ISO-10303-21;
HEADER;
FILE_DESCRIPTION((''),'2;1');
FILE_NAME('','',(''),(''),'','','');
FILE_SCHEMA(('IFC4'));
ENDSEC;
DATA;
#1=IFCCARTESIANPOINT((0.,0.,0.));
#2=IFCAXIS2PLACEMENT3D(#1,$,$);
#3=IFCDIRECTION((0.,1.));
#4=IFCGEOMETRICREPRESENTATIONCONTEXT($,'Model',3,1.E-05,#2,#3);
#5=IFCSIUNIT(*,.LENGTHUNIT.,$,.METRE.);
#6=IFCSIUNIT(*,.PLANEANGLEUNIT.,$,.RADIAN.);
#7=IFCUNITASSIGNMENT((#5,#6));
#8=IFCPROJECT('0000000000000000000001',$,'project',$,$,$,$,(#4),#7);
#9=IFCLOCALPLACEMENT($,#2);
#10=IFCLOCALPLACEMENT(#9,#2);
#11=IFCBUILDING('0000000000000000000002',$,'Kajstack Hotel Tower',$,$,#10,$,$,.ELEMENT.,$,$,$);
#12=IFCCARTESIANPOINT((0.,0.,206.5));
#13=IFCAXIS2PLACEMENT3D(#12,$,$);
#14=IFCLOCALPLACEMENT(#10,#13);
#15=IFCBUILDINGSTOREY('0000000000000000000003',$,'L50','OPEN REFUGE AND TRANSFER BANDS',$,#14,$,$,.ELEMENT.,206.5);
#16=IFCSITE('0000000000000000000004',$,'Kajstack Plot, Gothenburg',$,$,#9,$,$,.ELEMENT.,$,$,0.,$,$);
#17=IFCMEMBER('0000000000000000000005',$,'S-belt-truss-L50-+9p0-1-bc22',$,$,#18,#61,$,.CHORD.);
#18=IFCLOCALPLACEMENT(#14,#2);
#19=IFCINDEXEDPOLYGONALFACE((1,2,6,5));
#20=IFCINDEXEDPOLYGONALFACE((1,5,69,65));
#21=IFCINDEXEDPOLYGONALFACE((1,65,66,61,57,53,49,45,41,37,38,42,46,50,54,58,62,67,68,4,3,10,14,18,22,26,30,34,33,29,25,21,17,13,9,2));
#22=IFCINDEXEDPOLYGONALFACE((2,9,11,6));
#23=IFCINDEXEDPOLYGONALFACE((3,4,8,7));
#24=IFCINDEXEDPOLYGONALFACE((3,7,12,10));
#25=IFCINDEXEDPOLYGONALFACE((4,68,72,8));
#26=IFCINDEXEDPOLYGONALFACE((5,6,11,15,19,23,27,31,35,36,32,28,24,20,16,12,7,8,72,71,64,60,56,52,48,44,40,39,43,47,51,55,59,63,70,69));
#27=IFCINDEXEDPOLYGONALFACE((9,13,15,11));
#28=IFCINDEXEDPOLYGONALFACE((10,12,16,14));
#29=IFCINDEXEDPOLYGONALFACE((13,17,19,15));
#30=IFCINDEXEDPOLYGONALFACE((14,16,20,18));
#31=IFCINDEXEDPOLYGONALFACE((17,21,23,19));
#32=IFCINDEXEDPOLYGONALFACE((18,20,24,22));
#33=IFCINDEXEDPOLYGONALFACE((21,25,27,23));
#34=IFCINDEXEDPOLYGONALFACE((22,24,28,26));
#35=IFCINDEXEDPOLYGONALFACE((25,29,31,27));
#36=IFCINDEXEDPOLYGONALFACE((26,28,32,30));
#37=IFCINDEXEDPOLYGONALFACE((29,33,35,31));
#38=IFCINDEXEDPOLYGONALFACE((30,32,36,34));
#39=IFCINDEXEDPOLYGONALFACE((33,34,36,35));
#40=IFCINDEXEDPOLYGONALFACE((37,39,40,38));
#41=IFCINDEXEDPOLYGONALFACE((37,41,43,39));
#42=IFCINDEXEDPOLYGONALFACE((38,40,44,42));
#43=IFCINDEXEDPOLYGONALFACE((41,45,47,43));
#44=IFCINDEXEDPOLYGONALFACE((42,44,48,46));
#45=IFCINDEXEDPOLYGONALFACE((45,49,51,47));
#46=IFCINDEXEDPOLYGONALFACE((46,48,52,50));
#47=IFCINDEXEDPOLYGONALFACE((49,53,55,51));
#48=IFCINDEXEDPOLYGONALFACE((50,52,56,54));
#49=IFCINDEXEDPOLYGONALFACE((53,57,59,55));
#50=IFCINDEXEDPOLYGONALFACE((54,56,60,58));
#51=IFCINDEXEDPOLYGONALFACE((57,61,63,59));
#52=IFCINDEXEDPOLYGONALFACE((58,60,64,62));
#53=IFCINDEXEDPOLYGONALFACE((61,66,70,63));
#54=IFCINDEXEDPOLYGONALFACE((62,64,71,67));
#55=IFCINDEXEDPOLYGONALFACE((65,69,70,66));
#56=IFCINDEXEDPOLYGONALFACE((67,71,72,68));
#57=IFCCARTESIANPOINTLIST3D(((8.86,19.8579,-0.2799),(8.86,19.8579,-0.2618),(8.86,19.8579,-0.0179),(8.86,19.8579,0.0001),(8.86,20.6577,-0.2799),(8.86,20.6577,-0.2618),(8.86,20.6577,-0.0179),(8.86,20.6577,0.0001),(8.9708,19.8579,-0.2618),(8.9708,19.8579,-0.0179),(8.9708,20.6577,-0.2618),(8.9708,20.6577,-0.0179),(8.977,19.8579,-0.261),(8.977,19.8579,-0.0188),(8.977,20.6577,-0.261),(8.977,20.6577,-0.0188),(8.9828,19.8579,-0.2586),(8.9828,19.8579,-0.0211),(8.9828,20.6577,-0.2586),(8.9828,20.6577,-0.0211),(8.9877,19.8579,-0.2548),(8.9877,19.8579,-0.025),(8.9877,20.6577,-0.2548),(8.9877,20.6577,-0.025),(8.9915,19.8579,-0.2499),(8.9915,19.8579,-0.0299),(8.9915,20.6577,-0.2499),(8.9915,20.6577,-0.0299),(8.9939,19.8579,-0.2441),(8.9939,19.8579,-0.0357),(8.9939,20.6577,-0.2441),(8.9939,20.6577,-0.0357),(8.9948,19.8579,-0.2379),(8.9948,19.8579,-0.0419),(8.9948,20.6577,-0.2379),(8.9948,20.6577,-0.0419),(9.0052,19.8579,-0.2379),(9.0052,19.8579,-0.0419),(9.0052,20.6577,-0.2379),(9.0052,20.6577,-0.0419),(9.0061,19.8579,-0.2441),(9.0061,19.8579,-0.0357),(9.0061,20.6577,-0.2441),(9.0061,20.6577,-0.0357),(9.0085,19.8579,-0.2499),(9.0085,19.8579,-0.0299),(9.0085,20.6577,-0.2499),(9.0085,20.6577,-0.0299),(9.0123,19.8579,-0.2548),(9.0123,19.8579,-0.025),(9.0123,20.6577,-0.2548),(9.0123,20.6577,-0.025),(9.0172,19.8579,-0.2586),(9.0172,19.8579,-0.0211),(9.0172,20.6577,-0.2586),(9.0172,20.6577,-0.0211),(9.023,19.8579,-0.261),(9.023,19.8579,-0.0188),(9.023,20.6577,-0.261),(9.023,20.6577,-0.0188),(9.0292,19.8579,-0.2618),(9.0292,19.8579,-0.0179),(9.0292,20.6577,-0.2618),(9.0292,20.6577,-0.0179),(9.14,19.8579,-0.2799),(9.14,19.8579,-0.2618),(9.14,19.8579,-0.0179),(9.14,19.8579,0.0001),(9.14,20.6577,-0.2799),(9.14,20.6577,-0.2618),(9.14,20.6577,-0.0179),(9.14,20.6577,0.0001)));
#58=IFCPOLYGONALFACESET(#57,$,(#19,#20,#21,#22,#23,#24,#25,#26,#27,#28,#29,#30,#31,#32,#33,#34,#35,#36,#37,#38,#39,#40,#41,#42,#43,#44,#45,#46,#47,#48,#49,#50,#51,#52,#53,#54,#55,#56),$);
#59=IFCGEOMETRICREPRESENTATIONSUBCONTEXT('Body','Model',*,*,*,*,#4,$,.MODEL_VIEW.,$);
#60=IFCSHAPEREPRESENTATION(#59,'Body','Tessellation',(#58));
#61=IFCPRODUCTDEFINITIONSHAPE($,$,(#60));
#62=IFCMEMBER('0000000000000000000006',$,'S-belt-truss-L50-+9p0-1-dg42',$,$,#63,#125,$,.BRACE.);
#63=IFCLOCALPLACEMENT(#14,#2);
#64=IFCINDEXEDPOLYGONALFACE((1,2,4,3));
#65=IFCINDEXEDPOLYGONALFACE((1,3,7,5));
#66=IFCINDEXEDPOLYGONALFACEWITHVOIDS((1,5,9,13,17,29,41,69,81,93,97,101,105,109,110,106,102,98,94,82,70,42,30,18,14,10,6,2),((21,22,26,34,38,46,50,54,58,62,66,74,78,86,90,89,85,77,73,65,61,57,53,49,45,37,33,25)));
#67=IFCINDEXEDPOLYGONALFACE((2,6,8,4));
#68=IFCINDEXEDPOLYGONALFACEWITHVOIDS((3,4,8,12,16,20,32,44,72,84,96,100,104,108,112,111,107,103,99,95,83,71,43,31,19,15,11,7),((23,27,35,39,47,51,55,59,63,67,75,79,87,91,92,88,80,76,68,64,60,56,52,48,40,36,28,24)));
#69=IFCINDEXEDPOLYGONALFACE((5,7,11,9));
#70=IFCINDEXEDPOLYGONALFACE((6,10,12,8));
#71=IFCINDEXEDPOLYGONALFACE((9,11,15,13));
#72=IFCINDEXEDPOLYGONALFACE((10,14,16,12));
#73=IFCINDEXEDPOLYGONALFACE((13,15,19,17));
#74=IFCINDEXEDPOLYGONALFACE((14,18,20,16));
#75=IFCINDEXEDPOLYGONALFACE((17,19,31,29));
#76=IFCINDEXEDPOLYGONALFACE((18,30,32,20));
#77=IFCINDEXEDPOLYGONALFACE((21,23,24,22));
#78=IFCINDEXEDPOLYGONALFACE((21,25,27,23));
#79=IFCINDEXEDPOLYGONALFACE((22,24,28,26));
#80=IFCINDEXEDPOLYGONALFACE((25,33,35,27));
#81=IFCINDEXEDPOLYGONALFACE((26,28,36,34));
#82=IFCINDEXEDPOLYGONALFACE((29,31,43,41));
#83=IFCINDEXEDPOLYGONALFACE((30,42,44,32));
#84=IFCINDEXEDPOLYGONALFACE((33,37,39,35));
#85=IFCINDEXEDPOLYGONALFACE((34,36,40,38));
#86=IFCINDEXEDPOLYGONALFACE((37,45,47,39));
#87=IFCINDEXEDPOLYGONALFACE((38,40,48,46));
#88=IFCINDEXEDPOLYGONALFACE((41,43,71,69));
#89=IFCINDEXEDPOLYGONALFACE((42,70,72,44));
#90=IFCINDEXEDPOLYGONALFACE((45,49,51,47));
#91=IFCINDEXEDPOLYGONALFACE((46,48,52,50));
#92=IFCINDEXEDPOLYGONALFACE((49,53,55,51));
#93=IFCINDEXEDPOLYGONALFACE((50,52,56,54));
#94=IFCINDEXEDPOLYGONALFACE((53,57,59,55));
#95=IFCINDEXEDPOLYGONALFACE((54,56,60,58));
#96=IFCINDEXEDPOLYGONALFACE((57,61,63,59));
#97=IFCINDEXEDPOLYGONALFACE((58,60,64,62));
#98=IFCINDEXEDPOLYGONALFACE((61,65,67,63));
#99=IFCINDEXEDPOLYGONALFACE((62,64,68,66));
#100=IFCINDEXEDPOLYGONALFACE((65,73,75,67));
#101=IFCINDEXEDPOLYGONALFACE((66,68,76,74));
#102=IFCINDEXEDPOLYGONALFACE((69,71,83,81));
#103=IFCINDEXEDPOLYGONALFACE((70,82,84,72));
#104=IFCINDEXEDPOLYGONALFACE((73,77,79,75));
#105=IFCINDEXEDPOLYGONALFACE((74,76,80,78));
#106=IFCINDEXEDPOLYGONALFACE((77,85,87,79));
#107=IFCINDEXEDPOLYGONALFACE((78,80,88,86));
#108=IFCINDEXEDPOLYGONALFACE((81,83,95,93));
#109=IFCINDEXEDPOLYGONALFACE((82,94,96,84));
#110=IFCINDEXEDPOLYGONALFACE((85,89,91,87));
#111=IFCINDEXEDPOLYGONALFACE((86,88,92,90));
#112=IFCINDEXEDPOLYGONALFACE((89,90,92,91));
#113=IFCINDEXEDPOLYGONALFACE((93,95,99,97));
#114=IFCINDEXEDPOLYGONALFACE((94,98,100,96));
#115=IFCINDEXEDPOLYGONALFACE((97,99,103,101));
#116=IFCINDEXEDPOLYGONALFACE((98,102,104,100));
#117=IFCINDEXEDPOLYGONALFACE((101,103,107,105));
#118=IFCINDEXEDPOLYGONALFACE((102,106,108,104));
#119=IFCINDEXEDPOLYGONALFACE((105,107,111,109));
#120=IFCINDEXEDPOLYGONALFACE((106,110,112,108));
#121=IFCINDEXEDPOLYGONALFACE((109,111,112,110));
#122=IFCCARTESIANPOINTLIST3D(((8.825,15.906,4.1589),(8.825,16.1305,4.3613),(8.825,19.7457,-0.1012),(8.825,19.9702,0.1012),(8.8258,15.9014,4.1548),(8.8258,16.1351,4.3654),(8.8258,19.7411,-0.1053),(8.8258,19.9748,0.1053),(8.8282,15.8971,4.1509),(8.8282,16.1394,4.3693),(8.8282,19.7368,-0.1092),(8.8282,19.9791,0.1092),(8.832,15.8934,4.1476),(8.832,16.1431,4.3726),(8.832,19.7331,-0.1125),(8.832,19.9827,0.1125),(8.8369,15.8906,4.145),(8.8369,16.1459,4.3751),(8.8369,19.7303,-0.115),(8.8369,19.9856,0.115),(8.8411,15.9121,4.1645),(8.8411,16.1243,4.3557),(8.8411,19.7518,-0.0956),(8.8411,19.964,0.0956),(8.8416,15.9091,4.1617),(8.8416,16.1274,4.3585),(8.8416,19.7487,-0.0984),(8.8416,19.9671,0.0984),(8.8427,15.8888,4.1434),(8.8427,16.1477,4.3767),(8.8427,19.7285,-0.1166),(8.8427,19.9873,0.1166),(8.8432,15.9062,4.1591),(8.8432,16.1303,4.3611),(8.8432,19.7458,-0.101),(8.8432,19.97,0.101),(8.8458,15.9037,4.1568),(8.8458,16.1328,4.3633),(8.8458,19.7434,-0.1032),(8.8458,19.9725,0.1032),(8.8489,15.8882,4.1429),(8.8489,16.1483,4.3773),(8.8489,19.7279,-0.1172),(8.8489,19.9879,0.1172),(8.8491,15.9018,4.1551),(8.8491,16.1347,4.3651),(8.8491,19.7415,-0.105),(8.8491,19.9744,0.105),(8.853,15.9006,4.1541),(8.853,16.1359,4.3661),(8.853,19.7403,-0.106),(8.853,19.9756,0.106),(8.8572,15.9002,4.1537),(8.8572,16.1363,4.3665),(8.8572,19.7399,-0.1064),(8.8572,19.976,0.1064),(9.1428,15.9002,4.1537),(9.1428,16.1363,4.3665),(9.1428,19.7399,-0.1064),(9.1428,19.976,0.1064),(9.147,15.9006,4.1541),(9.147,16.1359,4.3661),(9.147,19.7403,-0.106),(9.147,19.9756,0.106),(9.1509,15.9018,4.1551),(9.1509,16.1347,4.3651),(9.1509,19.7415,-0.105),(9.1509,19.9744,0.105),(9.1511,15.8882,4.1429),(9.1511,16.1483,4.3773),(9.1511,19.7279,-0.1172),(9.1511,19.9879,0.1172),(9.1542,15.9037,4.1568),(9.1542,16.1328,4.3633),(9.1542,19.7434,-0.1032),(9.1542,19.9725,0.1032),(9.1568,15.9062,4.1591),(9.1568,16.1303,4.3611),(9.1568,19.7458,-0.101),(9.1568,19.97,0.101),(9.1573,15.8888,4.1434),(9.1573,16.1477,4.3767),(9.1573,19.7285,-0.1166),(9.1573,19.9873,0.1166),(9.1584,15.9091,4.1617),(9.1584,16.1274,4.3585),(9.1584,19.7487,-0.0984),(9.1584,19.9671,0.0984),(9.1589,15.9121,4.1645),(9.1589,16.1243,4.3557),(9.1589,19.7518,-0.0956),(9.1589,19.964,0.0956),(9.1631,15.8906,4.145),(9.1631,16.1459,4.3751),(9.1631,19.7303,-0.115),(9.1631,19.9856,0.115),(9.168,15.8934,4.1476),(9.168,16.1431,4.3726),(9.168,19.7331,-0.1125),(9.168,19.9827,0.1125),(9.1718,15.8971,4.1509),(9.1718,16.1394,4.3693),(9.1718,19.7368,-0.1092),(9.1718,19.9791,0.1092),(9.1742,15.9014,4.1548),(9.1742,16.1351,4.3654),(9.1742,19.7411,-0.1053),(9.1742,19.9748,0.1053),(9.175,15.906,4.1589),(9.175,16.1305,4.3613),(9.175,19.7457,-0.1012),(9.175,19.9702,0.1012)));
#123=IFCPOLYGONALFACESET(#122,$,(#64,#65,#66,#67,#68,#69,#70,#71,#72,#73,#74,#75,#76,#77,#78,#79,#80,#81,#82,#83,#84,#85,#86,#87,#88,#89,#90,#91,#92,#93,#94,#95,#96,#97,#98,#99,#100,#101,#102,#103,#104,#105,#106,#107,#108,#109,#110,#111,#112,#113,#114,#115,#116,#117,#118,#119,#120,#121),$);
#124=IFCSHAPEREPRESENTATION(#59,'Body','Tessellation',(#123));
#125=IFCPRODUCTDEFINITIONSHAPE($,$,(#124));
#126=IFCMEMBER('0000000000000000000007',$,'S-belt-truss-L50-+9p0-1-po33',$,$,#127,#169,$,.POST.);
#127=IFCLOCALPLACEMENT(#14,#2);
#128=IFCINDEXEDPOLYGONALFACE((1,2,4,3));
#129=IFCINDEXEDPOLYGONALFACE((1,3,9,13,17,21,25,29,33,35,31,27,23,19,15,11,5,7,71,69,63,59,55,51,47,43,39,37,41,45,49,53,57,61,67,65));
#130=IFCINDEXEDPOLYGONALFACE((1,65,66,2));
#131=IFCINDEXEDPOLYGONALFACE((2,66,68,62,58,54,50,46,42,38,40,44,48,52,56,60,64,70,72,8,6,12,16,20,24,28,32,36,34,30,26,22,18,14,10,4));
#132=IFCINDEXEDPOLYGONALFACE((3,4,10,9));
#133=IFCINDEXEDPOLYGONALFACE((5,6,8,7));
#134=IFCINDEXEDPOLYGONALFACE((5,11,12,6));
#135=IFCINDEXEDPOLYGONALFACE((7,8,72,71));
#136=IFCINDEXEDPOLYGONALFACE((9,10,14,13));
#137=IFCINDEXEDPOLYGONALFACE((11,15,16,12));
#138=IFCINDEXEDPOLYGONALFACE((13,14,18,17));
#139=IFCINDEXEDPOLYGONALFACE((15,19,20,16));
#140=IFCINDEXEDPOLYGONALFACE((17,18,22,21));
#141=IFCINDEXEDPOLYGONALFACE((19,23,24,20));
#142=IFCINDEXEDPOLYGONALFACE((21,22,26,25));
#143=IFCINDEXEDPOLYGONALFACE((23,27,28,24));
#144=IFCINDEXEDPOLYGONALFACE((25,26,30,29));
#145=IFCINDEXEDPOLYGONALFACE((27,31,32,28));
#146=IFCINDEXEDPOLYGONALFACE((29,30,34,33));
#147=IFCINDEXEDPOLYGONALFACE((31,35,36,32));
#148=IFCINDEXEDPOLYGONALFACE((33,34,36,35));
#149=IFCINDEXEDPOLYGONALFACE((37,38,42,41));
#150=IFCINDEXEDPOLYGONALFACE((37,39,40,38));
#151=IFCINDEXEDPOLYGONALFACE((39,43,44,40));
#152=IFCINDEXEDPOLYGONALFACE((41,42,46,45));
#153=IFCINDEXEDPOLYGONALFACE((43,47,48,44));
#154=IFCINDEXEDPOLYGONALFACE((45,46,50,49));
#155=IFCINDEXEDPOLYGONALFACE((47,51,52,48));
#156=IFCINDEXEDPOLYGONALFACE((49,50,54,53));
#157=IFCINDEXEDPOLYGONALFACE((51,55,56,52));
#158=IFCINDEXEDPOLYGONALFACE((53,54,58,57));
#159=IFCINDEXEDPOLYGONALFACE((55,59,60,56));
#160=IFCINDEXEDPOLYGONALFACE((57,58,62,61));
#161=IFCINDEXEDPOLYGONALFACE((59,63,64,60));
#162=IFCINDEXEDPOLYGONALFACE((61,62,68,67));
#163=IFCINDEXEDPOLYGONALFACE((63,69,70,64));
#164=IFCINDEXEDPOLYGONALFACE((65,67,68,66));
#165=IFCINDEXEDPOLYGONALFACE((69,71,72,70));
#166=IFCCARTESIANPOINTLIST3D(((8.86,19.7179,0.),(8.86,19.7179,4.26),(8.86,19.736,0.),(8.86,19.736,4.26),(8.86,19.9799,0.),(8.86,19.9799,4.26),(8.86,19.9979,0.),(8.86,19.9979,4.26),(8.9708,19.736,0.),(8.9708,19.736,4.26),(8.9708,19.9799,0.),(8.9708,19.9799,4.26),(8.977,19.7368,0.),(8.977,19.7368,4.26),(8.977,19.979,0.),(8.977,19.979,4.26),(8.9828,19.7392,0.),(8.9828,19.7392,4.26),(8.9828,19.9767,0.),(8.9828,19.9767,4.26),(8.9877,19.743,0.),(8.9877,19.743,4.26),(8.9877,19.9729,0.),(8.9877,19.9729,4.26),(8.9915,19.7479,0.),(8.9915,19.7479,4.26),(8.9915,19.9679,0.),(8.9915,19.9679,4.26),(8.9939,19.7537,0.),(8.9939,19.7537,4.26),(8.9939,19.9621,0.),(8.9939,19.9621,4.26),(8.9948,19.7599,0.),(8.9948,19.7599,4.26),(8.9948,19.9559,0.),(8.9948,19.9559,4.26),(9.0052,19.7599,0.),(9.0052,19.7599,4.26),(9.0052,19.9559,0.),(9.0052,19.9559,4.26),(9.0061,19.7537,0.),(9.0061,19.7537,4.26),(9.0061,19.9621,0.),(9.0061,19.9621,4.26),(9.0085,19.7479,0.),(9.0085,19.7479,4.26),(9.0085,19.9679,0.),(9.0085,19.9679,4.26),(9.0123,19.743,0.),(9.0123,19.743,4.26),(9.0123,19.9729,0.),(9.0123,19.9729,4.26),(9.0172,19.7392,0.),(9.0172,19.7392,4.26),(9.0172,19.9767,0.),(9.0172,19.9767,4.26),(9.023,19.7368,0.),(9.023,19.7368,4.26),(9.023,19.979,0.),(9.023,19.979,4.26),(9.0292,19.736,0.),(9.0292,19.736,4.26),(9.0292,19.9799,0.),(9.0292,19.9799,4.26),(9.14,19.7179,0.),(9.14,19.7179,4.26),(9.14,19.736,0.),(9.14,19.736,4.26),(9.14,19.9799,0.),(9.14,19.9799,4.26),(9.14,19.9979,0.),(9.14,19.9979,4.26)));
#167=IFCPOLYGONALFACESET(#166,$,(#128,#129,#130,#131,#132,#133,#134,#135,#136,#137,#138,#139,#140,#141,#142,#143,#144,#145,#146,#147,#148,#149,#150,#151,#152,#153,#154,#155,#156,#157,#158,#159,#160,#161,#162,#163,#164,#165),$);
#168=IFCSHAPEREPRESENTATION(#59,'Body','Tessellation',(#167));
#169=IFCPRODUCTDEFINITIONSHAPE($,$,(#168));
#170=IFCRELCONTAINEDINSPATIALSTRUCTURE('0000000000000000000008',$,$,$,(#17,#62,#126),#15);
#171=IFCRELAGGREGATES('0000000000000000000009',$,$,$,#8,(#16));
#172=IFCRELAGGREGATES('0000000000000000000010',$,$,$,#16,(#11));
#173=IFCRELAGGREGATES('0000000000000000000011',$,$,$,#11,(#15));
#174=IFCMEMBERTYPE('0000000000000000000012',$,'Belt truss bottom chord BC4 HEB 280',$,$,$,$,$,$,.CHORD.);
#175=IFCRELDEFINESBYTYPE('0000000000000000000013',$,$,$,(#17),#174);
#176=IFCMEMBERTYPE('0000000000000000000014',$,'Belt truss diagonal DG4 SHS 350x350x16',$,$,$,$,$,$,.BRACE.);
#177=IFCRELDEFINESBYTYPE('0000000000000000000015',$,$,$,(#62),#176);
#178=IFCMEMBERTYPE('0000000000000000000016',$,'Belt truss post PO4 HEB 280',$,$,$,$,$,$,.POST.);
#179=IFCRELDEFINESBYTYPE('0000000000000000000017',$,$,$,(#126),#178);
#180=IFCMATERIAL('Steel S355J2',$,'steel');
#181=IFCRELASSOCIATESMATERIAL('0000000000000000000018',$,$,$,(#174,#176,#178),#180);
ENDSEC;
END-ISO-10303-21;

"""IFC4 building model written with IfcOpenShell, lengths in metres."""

from ifc_helpers import new_model, si_unit, direction, frame, origin, origin_2d, place, context, subcontext, project, spatial, hollow_rectangle, i_section, extrude, material, material_profile, profile_set, type_object, element, save


model = new_model("IFC4")

# Units and contexts
model_context = context("Model", 3, precision=1e-05, world=origin(), true_north=direction((0.0, 1.0)))
body_context = subcontext(model_context, "Body", "Model", "MODEL_VIEW")
ifc_project = project(units=[si_unit("LENGTHUNIT", "METRE"), si_unit("PLANEANGLEUNIT", "RADIAN")], contexts=[model_context])

# Site, building, storey
site_placement = place(None, origin())
site = spatial("IfcSite", under=ifc_project, at=site_placement, Name="Kajstack Plot, Gothenburg", CompositionType="ELEMENT", RefElevation=0.0)
building_placement = place(site_placement, origin())
building = spatial("IfcBuilding", under=site, at=building_placement, Name="Kajstack Hotel Tower", CompositionType="ELEMENT")
storey_placement = place(building_placement, frame((0.0, 0.0, 206.5)))
storey = spatial("IfcBuildingStorey", under=building, at=storey_placement, Name="L50", Description="OPEN REFUGE AND TRANSFER BANDS", CompositionType="ELEMENT", Elevation=206.5)

# Members
ifc_material_1 = material(Name="Steel S355J2", Category="steel")
ifc_material_profile_1 = material_profile(ifc_material_1, i_section(OverallWidth=0.28, OverallDepth=0.28, WebThickness=0.0105, FlangeThickness=0.0181, FilletRadius=0.0239, at=origin_2d()), Name="HEB 280")
ifc_profile_set_1 = profile_set([ifc_material_profile_1], Name="Steel S355J2")
member_type_1 = type_object("IfcMemberType", Name="Belt truss bottom chord BC4 HEB 280", PredefinedType="CHORD", material=ifc_profile_set_1)
member_1_placement = place(storey_placement, frame((9.0, 19.8579, -0.1399), z_axis=(0.0, 1.0, 0.0), x_axis=(-1.0, 0.0, 0.0)))
element("IfcMember", 1, at=member_1_placement, inside=storey, type_object=member_type_1, Name="S-belt-truss-L50-+9p0-1-bc22", PredefinedType="CHORD", context=body_context, shape_type="SweptSolid", body=[
    extrude(i_section(OverallWidth=0.28, OverallDepth=0.28, WebThickness=0.0105, FlangeThickness=0.0181, FilletRadius=0.0239, at=origin_2d()), origin(), (0.0, 0.0, 1.0), 0.7998),
])
ifc_material_profile_2 = material_profile(ifc_material_1, hollow_rectangle(XDim=0.3501, YDim=0.3501, WallThickness=0.0161, InnerFilletRadius=0.0161, OuterFilletRadius=0.0239, at=origin_2d()), Name="SHS 350x350x16")
ifc_profile_set_2 = profile_set([ifc_material_profile_2], Name="Steel S355J2")
member_type_2 = type_object("IfcMemberType", Name="Belt truss diagonal DG4 SHS 350x350x16", PredefinedType="BRACE", material=ifc_profile_set_2)
member_2_placement = place(storey_placement, frame((9.0, 19.8579, 0.0), z_axis=(0.0, -0.669503, 0.742809), x_axis=(1.0, 0.0, 0.0)))
element("IfcMember", 2, at=member_2_placement, inside=storey, type_object=member_type_2, Name="S-belt-truss-L50-+9p0-1-dg42", PredefinedType="BRACE", context=body_context, shape_type="SweptSolid", body=[
    extrude(hollow_rectangle(XDim=0.3501, YDim=0.3501, WallThickness=0.0161, InnerFilletRadius=0.0161, OuterFilletRadius=0.0239, at=origin_2d()), origin(), (0.0, 0.0, 1.0), 5.7351),
])
ifc_material_profile_3 = material_profile(ifc_material_1, i_section(OverallWidth=0.28, OverallDepth=0.28, WebThickness=0.0105, FlangeThickness=0.0181, FilletRadius=0.0239, at=origin_2d()), Name="HEB 280")
ifc_profile_set_3 = profile_set([ifc_material_profile_3], Name="Steel S355J2")
member_type_3 = type_object("IfcMemberType", Name="Belt truss post PO4 HEB 280", PredefinedType="POST", material=ifc_profile_set_3)
for number, where, z_axis, x_axis, name in (
    (3, (9.0, 19.8579, 0.0), (0.0, 0.0, 1.0), (1.0, 0.0, 0.0), "S-belt-truss-L50-+9p0-1-po33"),
):
    element("IfcMember", number, at=place(storey_placement, frame(where, z_axis=z_axis, x_axis=x_axis)), inside=storey, type_object=member_type_3, Name=name, PredefinedType="POST", context=body_context, shape_type="SweptSolid", body=[
        extrude(i_section(OverallWidth=0.28, OverallDepth=0.28, WebThickness=0.0105, FlangeThickness=0.0181, FilletRadius=0.0239, at=origin_2d()), origin(), (0.0, 0.0, 1.0), 4.26),
    ])

save(model, "model.ifc")
